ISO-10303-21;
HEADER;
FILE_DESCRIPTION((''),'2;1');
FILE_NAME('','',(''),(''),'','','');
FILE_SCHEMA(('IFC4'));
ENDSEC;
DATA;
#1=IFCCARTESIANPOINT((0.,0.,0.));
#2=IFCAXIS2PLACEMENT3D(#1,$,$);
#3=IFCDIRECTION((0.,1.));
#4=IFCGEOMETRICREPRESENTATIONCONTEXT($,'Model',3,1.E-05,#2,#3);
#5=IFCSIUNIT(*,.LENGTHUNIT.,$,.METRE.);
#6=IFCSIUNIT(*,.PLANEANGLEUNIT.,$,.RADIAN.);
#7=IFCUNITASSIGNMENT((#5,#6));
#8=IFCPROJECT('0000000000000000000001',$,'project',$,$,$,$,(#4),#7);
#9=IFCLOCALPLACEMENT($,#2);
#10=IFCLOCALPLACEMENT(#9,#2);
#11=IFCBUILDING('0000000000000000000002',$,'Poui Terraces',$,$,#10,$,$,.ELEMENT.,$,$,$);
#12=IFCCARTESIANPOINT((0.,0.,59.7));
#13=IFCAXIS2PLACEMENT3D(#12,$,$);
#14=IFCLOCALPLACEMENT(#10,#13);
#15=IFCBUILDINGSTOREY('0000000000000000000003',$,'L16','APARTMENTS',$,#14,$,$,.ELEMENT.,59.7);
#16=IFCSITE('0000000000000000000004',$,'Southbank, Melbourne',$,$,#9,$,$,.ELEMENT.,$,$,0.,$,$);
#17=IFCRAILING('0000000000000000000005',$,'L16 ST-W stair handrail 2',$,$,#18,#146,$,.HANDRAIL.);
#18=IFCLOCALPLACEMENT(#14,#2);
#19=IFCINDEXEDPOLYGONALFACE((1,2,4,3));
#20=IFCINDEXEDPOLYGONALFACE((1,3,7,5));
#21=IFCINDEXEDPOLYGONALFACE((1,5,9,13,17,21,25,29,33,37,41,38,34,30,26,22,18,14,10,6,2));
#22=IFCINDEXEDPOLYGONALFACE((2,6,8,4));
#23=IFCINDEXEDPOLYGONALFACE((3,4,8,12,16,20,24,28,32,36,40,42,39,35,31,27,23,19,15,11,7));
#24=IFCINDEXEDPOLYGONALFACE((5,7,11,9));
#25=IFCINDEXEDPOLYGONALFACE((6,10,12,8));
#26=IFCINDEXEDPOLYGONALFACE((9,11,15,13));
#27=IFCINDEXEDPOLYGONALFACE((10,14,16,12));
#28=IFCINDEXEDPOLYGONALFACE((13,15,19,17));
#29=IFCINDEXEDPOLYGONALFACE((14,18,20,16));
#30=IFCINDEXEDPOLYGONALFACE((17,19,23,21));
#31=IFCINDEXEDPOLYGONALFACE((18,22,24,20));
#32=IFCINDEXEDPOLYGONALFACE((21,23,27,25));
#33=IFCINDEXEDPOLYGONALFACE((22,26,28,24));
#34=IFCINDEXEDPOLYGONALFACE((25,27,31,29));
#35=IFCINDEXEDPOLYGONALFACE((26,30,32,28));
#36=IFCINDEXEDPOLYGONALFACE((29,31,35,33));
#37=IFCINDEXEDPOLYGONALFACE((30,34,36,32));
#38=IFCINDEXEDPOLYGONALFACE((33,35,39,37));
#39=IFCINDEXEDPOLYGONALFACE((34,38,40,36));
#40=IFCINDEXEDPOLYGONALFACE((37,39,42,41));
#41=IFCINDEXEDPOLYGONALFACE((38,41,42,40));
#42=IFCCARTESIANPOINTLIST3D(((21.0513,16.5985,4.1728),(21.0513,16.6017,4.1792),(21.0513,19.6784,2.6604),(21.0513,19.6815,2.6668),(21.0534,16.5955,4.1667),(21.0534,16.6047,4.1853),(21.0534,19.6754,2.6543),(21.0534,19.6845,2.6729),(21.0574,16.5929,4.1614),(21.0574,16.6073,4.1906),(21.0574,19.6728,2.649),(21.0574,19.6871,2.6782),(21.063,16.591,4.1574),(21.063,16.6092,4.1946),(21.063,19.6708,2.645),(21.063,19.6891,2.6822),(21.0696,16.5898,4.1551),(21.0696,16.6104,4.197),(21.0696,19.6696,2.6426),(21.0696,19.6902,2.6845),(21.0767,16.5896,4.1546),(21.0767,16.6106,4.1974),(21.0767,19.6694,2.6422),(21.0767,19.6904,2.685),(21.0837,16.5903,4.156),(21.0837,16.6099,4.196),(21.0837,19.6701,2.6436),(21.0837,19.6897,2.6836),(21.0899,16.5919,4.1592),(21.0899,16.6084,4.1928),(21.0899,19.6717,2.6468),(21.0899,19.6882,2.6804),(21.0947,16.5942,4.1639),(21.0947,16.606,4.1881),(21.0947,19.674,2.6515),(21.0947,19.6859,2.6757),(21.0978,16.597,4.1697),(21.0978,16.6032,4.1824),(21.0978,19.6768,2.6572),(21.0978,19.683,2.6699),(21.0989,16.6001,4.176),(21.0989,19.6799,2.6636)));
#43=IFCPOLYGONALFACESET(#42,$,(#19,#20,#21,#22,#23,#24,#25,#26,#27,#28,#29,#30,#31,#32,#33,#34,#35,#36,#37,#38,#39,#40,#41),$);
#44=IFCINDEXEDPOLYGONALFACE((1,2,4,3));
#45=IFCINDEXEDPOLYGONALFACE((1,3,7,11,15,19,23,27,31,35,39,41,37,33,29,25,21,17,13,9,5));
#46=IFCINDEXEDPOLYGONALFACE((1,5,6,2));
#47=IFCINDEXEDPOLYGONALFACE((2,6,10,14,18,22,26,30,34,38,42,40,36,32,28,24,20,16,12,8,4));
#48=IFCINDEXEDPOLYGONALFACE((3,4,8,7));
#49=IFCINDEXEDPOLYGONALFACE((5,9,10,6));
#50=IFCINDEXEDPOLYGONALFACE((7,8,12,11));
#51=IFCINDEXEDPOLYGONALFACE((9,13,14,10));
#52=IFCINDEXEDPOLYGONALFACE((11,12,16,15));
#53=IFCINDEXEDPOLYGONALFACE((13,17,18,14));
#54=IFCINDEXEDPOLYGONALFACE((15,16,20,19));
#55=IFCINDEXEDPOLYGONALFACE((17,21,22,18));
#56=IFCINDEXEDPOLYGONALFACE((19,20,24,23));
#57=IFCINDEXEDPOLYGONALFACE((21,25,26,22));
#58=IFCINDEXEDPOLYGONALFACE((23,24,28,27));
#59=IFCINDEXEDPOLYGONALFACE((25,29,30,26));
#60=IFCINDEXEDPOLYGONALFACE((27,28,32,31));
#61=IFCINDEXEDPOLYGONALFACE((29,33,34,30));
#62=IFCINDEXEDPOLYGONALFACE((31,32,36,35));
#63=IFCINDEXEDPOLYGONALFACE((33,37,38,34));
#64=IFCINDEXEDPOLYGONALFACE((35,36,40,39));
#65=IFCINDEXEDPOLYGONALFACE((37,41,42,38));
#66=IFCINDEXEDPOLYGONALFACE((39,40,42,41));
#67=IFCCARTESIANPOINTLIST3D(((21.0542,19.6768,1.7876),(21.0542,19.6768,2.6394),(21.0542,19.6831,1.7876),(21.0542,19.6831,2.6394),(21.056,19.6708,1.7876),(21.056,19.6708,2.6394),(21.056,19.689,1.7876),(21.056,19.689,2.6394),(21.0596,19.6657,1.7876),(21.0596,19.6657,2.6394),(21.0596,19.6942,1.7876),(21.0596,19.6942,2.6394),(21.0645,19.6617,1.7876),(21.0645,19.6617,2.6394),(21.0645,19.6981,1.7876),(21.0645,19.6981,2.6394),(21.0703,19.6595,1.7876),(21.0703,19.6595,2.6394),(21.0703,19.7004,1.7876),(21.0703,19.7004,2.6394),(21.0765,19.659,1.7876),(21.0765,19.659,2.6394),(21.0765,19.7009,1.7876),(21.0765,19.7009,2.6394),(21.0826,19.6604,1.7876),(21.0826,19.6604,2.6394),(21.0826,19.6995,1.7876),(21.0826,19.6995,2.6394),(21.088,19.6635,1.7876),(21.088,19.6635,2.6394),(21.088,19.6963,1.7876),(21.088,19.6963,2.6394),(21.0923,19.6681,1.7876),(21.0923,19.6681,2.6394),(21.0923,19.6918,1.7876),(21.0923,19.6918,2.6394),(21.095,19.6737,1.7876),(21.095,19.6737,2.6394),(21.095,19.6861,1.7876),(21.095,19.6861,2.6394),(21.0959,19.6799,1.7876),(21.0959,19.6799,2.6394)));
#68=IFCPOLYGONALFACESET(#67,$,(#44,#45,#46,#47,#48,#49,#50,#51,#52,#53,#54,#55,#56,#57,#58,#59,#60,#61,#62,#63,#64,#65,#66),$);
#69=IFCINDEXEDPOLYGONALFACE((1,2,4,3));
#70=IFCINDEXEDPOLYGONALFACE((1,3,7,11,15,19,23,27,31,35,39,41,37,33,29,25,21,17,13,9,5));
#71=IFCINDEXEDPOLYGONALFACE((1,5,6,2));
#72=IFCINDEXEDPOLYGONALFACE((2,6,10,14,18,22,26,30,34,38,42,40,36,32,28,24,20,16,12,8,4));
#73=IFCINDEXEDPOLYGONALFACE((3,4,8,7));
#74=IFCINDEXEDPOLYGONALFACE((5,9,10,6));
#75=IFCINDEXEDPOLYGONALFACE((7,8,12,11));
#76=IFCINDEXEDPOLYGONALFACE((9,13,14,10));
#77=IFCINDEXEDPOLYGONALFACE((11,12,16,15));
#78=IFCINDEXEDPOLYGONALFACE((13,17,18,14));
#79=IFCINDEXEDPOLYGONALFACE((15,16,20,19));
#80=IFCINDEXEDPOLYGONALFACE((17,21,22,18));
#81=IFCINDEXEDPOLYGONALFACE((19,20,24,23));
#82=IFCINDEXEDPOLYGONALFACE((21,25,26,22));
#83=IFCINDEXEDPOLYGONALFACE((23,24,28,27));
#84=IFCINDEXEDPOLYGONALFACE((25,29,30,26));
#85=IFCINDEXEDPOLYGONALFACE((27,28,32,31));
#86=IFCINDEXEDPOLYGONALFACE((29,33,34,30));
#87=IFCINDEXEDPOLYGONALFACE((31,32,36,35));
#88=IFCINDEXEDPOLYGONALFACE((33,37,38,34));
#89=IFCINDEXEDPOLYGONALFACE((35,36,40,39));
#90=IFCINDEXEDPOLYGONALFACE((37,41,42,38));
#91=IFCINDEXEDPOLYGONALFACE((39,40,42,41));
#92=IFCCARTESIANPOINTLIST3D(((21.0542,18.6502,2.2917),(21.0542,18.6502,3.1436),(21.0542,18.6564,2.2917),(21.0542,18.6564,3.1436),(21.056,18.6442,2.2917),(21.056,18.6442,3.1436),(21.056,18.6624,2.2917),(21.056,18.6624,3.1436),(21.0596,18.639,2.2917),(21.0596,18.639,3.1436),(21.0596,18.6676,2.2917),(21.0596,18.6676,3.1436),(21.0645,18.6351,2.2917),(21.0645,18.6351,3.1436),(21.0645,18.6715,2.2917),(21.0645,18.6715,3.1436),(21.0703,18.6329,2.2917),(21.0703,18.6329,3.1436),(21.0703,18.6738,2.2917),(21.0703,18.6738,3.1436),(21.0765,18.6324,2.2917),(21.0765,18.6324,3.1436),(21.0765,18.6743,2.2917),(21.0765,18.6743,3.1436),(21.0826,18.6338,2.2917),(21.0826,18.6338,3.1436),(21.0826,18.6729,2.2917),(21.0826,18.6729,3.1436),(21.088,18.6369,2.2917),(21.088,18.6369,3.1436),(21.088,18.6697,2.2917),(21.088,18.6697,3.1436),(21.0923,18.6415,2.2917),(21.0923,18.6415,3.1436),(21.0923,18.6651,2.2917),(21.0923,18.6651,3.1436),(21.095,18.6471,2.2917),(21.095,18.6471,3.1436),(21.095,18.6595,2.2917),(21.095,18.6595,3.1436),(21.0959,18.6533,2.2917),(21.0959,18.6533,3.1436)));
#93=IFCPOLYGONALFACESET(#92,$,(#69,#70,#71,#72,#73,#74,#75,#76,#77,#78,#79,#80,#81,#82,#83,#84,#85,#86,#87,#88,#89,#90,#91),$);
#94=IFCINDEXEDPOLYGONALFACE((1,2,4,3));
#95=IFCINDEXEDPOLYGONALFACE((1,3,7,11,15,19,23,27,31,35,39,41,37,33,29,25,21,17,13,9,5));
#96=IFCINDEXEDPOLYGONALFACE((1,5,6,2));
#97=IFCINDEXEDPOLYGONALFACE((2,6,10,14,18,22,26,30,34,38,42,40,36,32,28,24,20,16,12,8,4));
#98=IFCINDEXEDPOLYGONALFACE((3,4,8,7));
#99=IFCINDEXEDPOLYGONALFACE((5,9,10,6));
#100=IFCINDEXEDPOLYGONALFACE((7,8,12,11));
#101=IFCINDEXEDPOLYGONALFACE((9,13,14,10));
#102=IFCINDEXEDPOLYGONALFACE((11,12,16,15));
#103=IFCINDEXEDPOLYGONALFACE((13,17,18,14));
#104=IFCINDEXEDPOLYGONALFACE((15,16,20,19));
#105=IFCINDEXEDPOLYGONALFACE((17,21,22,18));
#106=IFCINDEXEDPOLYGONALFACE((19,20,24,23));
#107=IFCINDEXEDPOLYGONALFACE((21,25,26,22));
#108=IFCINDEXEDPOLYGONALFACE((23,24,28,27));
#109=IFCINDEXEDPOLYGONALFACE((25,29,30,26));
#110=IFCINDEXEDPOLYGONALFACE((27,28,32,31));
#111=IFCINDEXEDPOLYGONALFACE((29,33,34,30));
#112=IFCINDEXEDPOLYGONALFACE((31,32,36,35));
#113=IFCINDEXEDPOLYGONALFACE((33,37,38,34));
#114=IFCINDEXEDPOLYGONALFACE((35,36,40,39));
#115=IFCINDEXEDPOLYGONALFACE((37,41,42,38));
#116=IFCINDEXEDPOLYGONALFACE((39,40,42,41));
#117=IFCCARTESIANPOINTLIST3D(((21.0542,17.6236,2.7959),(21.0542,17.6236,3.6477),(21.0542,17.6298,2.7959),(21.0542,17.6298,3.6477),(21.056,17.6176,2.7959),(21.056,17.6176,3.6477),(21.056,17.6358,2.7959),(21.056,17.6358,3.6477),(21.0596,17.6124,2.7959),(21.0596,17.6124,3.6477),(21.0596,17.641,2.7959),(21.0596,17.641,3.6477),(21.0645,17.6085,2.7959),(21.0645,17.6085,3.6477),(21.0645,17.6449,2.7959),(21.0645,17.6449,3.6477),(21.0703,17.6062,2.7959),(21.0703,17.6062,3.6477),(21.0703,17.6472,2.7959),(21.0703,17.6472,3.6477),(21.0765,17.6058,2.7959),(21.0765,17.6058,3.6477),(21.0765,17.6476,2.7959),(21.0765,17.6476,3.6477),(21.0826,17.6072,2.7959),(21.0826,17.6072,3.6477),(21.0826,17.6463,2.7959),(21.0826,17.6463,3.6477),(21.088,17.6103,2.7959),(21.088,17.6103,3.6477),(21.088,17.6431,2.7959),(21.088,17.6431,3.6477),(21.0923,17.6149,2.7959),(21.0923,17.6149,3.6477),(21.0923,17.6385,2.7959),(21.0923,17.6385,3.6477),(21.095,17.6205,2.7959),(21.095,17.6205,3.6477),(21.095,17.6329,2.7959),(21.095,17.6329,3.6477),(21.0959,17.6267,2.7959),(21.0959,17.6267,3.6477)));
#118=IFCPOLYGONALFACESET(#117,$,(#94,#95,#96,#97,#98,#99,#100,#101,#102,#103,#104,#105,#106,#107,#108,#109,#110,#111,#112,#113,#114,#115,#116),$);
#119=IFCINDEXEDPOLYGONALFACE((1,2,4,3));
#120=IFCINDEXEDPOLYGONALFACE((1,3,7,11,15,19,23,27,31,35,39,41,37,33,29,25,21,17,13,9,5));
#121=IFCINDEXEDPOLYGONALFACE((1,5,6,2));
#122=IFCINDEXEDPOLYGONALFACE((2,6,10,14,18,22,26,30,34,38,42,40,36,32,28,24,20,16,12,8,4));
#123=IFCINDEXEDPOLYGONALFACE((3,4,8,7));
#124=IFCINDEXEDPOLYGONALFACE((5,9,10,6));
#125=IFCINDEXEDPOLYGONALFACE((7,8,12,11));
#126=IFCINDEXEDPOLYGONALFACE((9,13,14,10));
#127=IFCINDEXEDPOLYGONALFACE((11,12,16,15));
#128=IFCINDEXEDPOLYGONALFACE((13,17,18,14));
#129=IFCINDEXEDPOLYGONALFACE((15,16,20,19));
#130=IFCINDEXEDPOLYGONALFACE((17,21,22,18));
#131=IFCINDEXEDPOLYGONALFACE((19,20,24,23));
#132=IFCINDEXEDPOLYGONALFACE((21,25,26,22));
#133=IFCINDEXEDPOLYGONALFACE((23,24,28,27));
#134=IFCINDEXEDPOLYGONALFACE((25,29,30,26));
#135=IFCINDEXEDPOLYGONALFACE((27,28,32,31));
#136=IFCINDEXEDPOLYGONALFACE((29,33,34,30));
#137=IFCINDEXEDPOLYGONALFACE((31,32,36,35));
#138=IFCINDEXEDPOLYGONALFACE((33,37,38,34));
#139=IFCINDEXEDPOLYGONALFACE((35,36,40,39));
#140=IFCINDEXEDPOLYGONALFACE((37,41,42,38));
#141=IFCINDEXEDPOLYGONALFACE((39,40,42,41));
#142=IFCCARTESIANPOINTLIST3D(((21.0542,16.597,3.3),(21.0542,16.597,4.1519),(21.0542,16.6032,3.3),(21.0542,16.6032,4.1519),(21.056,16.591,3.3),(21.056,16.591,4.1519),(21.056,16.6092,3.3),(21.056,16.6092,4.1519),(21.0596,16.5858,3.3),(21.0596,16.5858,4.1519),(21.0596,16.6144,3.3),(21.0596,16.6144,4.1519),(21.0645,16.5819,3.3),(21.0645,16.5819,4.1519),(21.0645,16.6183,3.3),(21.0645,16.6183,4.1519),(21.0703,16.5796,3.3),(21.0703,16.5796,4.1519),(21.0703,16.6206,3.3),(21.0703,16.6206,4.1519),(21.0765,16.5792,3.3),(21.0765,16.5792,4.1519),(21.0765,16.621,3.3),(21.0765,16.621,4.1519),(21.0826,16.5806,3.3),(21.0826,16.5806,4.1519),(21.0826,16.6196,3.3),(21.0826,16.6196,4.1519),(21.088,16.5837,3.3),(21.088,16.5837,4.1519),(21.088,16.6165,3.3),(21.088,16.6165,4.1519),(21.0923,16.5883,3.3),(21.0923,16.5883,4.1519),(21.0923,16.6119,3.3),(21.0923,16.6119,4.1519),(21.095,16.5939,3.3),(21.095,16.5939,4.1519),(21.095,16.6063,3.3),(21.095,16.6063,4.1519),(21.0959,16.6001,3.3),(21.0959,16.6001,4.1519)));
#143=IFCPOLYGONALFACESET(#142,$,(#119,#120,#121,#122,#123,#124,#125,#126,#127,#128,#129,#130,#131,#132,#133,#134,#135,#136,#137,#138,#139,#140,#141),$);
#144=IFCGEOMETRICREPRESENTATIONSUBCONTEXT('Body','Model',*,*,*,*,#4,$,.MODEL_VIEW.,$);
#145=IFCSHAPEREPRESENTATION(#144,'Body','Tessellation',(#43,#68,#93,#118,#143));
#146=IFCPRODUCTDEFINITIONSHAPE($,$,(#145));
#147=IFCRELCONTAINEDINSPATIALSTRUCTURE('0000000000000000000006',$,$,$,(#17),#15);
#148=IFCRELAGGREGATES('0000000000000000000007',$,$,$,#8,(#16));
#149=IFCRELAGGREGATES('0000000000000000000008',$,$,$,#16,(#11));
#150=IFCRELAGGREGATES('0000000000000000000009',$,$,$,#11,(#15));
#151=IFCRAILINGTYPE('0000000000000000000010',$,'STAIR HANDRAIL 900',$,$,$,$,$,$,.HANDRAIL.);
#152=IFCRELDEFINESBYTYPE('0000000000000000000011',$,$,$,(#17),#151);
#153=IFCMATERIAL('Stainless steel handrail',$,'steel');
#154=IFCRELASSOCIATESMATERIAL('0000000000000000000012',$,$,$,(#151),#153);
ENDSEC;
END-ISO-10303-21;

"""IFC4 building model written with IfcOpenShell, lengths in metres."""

from ifc_helpers import new_model, si_unit, direction, frame, origin, origin_2d, place, context, subcontext, project, spatial, circle, extrude, material, type_object, element, save


model = new_model("IFC4")

# Units and contexts
model_context = context("Model", 3, precision=1e-05, world=origin(), true_north=direction((0.0, 1.0)))
body_context = subcontext(model_context, "Body", "Model", "MODEL_VIEW")
ifc_project = project(units=[si_unit("LENGTHUNIT", "METRE"), si_unit("PLANEANGLEUNIT", "RADIAN")], contexts=[model_context])

# Site, building, storey
site_placement = place(None, origin())
site = spatial("IfcSite", under=ifc_project, at=site_placement, Name="Southbank, Melbourne", CompositionType="ELEMENT", RefElevation=0.0)
building_placement = place(site_placement, origin())
building = spatial("IfcBuilding", under=site, at=building_placement, Name="Poui Terraces", CompositionType="ELEMENT")
storey_placement = place(building_placement, frame((0.0, 0.0, 59.7)))
storey = spatial("IfcBuildingStorey", under=building, at=storey_placement, Name="L16", Description="APARTMENTS", CompositionType="ELEMENT", Elevation=59.7)

# Railing
ifc_material_1 = material(Name="Stainless steel handrail", Category="steel")
railing_type_1 = type_object("IfcRailingType", Name="STAIR HANDRAIL 900", PredefinedType="HANDRAIL", material=ifc_material_1)
railing_1_placement = place(storey_placement, frame((21.075, 19.6799, 1.7876)))
element("IfcRailing", 1, at=railing_1_placement, inside=storey, type_object=railing_type_1, Name="L16 ST-W stair handrail 2", PredefinedType="HANDRAIL", context=body_context, shape_type="SweptSolid", body=[
    extrude(circle(Radius=0.0239, at=origin_2d()), frame((0.0, 0.0, 0.876), z_axis=(0.0, -0.897606, 0.440798), x_axis=(1.0, 0.0, 0.0)), (0.0, 0.0, 1.0), 3.4312),
    extrude(circle(Radius=0.021, at=origin_2d()), origin(), (0.0, 0.0, 1.0), 0.8518),
    extrude(circle(Radius=0.021, at=origin_2d()), frame((0.0, -1.0266, 0.5042)), (0.0, 0.0, 1.0), 0.8518),
    extrude(circle(Radius=0.021, at=origin_2d()), frame((0.0, -2.0532, 1.0083)), (0.0, 0.0, 1.0), 0.8518),
    extrude(circle(Radius=0.021, at=origin_2d()), frame((0.0, -3.0798, 1.5125)), (0.0, 0.0, 1.0), 0.8518),
])

save(model, "model.ifc")
